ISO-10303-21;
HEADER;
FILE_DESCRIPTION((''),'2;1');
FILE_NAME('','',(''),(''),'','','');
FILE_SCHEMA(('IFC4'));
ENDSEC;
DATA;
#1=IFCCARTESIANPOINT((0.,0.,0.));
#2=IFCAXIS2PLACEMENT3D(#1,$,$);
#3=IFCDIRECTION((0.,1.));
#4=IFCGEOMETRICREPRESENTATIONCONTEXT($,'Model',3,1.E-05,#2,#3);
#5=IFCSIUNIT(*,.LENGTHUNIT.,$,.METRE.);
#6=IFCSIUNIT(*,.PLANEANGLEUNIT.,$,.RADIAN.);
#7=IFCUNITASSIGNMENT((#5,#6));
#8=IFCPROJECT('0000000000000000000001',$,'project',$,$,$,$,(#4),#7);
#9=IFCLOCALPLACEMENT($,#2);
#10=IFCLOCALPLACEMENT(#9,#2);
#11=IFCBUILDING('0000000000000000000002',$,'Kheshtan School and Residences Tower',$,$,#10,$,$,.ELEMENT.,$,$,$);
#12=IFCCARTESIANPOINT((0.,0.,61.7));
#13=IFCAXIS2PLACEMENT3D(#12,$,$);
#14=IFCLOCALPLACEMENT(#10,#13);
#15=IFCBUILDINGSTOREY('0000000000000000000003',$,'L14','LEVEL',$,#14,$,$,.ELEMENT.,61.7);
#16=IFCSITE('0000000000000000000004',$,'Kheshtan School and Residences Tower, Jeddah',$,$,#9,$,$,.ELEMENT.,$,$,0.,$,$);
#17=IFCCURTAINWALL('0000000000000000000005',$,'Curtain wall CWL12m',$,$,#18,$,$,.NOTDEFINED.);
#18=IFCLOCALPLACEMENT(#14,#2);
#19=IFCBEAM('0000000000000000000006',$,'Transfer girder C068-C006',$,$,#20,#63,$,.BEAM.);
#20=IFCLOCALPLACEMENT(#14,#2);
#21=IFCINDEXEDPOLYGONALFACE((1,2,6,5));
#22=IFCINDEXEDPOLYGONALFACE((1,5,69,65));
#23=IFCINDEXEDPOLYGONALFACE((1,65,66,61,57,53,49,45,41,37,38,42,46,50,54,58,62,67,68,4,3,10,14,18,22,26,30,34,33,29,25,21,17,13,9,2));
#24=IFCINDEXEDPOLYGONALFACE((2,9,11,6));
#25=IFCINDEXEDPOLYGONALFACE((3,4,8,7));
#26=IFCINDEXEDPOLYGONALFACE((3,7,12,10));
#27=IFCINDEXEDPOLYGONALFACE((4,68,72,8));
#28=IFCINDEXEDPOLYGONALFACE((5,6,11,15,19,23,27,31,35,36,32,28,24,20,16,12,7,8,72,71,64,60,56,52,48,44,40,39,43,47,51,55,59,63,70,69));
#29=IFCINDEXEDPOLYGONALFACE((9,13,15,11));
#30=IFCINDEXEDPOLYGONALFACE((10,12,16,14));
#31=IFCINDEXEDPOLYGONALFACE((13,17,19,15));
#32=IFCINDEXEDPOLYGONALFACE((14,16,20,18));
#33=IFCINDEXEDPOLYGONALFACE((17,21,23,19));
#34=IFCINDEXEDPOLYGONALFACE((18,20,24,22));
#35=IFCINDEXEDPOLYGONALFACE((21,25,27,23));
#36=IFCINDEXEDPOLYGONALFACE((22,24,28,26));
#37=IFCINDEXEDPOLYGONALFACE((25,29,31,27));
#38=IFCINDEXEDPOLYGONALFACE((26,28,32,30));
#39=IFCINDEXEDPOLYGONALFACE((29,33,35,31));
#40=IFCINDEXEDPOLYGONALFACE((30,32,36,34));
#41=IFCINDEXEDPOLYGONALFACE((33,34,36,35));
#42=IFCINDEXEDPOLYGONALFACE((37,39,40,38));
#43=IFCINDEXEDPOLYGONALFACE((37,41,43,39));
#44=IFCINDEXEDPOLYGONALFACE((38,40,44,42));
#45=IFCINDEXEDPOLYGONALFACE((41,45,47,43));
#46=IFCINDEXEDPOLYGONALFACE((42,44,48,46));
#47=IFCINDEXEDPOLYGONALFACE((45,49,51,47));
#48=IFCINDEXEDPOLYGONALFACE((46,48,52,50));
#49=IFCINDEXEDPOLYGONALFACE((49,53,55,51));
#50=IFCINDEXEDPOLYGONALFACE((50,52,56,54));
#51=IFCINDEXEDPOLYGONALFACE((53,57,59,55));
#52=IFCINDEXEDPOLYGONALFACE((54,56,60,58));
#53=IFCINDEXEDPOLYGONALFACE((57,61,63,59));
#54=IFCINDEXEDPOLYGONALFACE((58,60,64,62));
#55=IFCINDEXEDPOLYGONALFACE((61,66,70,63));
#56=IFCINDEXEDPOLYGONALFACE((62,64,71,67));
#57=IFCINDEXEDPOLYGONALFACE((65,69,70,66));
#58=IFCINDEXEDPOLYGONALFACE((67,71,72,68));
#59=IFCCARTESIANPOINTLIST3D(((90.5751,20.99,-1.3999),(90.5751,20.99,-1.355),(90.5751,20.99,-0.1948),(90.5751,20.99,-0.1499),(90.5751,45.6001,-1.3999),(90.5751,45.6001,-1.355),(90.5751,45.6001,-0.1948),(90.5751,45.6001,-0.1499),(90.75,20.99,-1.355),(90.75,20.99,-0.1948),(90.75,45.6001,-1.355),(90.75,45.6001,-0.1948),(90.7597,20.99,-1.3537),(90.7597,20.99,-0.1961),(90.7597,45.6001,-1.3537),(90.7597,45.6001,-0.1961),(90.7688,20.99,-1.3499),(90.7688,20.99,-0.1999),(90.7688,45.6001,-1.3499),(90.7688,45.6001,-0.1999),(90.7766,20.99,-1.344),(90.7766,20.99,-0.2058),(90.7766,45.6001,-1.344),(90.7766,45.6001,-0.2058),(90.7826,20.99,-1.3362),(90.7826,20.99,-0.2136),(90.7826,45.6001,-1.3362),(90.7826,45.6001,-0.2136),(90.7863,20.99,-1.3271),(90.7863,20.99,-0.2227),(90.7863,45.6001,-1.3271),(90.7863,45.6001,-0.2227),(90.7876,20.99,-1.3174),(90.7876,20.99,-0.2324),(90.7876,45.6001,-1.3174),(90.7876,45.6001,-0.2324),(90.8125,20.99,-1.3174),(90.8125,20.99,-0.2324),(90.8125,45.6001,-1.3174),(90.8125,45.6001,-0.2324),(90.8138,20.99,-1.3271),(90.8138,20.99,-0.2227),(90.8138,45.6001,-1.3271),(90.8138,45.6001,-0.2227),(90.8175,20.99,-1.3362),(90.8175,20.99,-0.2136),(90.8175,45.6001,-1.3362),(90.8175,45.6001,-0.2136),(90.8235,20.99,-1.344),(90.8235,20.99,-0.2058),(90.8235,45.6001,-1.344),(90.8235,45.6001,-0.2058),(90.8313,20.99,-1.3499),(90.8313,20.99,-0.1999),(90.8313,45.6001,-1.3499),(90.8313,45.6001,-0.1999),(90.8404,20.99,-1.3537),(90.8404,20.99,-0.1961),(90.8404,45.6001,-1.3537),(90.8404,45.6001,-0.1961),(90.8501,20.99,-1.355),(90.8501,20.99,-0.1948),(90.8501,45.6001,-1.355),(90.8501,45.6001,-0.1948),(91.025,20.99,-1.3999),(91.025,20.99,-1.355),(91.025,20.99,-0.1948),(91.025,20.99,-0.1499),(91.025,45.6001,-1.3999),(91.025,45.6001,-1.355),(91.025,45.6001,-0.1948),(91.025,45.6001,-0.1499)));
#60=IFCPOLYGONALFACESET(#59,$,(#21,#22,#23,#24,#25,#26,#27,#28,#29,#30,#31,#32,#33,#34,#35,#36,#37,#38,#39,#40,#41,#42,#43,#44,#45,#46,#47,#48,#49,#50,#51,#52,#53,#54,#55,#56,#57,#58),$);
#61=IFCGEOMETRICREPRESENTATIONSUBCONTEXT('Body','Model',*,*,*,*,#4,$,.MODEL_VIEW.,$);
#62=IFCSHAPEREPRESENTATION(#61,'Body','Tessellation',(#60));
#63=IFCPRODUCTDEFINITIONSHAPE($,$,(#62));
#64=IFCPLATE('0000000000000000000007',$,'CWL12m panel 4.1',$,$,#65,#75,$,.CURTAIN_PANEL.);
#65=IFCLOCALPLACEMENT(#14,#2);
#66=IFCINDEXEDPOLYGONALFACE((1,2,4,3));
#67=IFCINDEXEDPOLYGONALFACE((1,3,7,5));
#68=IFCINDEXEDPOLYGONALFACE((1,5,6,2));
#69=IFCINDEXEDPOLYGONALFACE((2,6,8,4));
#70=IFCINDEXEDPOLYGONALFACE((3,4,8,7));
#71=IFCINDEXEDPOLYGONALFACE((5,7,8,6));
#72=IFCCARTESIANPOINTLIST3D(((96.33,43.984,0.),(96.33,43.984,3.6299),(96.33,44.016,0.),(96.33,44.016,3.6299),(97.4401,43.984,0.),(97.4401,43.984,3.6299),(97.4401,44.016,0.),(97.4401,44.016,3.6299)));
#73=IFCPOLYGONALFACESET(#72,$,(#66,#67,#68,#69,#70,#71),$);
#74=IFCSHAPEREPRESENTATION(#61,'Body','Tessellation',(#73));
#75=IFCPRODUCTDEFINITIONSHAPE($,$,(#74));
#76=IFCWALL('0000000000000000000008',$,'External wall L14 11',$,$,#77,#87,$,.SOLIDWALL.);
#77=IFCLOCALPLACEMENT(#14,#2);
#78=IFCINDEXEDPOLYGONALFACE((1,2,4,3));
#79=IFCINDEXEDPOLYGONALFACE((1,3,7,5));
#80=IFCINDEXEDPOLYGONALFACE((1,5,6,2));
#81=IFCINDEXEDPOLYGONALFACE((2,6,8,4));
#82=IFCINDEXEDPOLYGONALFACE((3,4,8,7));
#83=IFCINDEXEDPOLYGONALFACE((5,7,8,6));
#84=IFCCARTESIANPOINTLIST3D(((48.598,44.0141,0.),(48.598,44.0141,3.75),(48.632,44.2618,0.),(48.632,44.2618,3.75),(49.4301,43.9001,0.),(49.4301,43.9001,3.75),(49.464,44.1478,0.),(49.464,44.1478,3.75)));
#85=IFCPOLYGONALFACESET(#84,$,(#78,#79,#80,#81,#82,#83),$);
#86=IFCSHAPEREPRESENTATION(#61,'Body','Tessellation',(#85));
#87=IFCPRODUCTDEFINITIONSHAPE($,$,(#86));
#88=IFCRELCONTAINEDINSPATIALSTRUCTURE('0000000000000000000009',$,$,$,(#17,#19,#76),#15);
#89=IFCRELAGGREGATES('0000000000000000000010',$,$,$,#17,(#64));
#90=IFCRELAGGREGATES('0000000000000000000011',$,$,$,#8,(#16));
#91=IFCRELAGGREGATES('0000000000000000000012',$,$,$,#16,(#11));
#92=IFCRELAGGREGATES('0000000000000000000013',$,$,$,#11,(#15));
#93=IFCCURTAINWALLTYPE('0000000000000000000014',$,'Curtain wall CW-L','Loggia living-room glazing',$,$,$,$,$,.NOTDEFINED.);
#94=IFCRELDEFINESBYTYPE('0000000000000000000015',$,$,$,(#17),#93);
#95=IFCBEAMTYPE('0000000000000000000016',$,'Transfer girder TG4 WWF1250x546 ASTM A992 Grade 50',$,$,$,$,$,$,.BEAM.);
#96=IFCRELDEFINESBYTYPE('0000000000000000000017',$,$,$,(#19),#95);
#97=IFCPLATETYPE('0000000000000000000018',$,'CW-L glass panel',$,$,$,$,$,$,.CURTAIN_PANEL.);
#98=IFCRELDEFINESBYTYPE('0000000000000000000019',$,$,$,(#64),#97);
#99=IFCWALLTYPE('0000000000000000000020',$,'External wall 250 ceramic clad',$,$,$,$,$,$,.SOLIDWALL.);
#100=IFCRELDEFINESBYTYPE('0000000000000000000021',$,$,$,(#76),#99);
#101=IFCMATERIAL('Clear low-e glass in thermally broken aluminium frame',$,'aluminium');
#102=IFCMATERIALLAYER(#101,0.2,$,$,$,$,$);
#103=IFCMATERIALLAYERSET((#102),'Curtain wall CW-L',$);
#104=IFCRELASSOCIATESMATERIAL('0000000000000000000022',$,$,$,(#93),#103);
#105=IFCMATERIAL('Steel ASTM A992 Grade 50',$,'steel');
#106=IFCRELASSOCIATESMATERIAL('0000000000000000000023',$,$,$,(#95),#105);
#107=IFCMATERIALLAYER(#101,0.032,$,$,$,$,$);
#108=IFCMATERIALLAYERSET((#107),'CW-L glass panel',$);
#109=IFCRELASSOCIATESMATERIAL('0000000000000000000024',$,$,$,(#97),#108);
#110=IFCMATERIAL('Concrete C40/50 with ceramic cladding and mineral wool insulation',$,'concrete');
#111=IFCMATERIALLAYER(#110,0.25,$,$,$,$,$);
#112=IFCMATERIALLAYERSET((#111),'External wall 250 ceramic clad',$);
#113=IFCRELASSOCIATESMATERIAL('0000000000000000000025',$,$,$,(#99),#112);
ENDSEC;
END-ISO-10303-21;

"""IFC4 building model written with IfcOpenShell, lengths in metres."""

from ifc_helpers import new_model, si_unit, direction, frame, frame_2d, origin, origin_2d, place, context, subcontext, project, spatial, rectangle, i_section, extrude, material, layer, layer_set, material_profile, profile_set, type_object, element, aggregate, save


model = new_model("IFC4")

# Units and contexts
model_context = context("Model", 3, precision=1e-05, world=origin(), true_north=direction((0.0, 1.0)))
body_context = subcontext(model_context, "Body", "Model", "MODEL_VIEW")
ifc_project = project(units=[si_unit("LENGTHUNIT", "METRE"), si_unit("PLANEANGLEUNIT", "RADIAN")], contexts=[model_context])

# Site, building, storey
site_placement = place(None, origin())
site = spatial("IfcSite", under=ifc_project, at=site_placement, Name="Kheshtan School and Residences Tower, Jeddah", CompositionType="ELEMENT", RefElevation=0.0)
building_placement = place(site_placement, origin())
building = spatial("IfcBuilding", under=site, at=building_placement, Name="Kheshtan School and Residences Tower", CompositionType="ELEMENT")
storey_placement = place(building_placement, frame((0.0, 0.0, 61.7)))
storey = spatial("IfcBuildingStorey", under=building, at=storey_placement, Name="L14", Description="LEVEL", CompositionType="ELEMENT", Elevation=61.7)

# Shared definitions
ifc_material_1 = material(Name="Steel ASTM A992 Grade 50", Category="steel")

# Curtain wall
ifc_material_2 = material(Name="Clear low-e glass in thermally broken aluminium frame", Category="aluminium")
ifc_layer_1 = layer(ifc_material_2, 0.2)
ifc_layer_set_1 = layer_set([ifc_layer_1], Name="Curtain wall CW-L")
curtain_wall_type = type_object("IfcCurtainWallType", Name="Curtain wall CW-L", Description="Loggia living-room glazing", PredefinedType="NOTDEFINED", material=ifc_layer_set_1)
curtain_wall_placement = place(storey_placement, origin())
curtain_wall = element("IfcCurtainWall", 1, at=curtain_wall_placement, inside=storey, type_object=curtain_wall_type, Name="Curtain wall CWL12m", PredefinedType="NOTDEFINED")

# Beam
ifc_material_profile_1 = material_profile(ifc_material_1, i_section(OverallWidth=0.45, OverallDepth=1.25, WebThickness=0.0249, FlangeThickness=0.0449, FilletRadius=0.0376, at=origin_2d()), Name="WWF1250x546")
ifc_profile_set_1 = profile_set([ifc_material_profile_1], Name="Steel ASTM A992 Grade 50")
beam_type_1 = type_object("IfcBeamType", Name="Transfer girder TG4 WWF1250x546 ASTM A992 Grade 50", PredefinedType="BEAM", material=ifc_profile_set_1)
beam_1_placement = place(storey_placement, frame((90.8, 45.6001, -0.7749), z_axis=(0.0, -1.0, 0.0), x_axis=(1.0, 0.0, 0.0)))
element("IfcBeam", 2, at=beam_1_placement, inside=storey, type_object=beam_type_1, Name="Transfer girder C068-C006", PredefinedType="BEAM", context=body_context, shape_type="SweptSolid", body=[
    extrude(i_section(OverallWidth=0.45, OverallDepth=1.25, WebThickness=0.0249, FlangeThickness=0.0449, FilletRadius=0.0376, at=origin_2d()), origin(), (0.0, 0.0, 1.0), 24.6101),
])

# Plate
ifc_layer_2 = layer(ifc_material_2, 0.032)
ifc_layer_set_2 = layer_set([ifc_layer_2], Name="CW-L glass panel")
plate_type = type_object("IfcPlateType", Name="CW-L glass panel", PredefinedType="CURTAIN_PANEL", material=ifc_layer_set_2)
plate_placement = place(storey_placement, frame((96.885, 44.0, 0.0), z_axis=(0.0, 0.0, 1.0), x_axis=(1.0, 0.0, 0.0)))
plate = element("IfcPlate", 3, at=plate_placement, type_object=plate_type, Name="CWL12m panel 4.1", PredefinedType="CURTAIN_PANEL", context=body_context, shape_type="SweptSolid", body=[
    extrude(rectangle(XDim=1.1101, YDim=0.032, at=origin_2d()), origin(), (0.0, 0.0, 1.0), 3.6299),
])
aggregate(curtain_wall, [plate])

# Wall
ifc_material_3 = material(Name="Concrete C40/50 with ceramic cladding and mineral wool insulation", Category="concrete")
ifc_layer_3 = layer(ifc_material_3, 0.25)
ifc_layer_set_3 = layer_set([ifc_layer_3], Name="External wall 250 ceramic clad")
wall_type = type_object("IfcWallType", Name="External wall 250 ceramic clad", PredefinedType="SOLIDWALL", material=ifc_layer_set_3)
wall_placement = place(storey_placement, frame((48.615, 44.1379, 0.0), z_axis=(0.0, 0.0, 1.0), x_axis=(0.990742, -0.135762, 0.0)))
element("IfcWall", 4, at=wall_placement, inside=storey, type_object=wall_type, Name="External wall L14 11", PredefinedType="SOLIDWALL", context=body_context, shape_type="SweptSolid", body=[
    extrude(rectangle(XDim=0.8398, YDim=0.25, at=frame_2d((0.4199, 0.0))), origin(), (0.0, 0.0, 1.0), 3.75),
])

save(model, "model.ifc")
